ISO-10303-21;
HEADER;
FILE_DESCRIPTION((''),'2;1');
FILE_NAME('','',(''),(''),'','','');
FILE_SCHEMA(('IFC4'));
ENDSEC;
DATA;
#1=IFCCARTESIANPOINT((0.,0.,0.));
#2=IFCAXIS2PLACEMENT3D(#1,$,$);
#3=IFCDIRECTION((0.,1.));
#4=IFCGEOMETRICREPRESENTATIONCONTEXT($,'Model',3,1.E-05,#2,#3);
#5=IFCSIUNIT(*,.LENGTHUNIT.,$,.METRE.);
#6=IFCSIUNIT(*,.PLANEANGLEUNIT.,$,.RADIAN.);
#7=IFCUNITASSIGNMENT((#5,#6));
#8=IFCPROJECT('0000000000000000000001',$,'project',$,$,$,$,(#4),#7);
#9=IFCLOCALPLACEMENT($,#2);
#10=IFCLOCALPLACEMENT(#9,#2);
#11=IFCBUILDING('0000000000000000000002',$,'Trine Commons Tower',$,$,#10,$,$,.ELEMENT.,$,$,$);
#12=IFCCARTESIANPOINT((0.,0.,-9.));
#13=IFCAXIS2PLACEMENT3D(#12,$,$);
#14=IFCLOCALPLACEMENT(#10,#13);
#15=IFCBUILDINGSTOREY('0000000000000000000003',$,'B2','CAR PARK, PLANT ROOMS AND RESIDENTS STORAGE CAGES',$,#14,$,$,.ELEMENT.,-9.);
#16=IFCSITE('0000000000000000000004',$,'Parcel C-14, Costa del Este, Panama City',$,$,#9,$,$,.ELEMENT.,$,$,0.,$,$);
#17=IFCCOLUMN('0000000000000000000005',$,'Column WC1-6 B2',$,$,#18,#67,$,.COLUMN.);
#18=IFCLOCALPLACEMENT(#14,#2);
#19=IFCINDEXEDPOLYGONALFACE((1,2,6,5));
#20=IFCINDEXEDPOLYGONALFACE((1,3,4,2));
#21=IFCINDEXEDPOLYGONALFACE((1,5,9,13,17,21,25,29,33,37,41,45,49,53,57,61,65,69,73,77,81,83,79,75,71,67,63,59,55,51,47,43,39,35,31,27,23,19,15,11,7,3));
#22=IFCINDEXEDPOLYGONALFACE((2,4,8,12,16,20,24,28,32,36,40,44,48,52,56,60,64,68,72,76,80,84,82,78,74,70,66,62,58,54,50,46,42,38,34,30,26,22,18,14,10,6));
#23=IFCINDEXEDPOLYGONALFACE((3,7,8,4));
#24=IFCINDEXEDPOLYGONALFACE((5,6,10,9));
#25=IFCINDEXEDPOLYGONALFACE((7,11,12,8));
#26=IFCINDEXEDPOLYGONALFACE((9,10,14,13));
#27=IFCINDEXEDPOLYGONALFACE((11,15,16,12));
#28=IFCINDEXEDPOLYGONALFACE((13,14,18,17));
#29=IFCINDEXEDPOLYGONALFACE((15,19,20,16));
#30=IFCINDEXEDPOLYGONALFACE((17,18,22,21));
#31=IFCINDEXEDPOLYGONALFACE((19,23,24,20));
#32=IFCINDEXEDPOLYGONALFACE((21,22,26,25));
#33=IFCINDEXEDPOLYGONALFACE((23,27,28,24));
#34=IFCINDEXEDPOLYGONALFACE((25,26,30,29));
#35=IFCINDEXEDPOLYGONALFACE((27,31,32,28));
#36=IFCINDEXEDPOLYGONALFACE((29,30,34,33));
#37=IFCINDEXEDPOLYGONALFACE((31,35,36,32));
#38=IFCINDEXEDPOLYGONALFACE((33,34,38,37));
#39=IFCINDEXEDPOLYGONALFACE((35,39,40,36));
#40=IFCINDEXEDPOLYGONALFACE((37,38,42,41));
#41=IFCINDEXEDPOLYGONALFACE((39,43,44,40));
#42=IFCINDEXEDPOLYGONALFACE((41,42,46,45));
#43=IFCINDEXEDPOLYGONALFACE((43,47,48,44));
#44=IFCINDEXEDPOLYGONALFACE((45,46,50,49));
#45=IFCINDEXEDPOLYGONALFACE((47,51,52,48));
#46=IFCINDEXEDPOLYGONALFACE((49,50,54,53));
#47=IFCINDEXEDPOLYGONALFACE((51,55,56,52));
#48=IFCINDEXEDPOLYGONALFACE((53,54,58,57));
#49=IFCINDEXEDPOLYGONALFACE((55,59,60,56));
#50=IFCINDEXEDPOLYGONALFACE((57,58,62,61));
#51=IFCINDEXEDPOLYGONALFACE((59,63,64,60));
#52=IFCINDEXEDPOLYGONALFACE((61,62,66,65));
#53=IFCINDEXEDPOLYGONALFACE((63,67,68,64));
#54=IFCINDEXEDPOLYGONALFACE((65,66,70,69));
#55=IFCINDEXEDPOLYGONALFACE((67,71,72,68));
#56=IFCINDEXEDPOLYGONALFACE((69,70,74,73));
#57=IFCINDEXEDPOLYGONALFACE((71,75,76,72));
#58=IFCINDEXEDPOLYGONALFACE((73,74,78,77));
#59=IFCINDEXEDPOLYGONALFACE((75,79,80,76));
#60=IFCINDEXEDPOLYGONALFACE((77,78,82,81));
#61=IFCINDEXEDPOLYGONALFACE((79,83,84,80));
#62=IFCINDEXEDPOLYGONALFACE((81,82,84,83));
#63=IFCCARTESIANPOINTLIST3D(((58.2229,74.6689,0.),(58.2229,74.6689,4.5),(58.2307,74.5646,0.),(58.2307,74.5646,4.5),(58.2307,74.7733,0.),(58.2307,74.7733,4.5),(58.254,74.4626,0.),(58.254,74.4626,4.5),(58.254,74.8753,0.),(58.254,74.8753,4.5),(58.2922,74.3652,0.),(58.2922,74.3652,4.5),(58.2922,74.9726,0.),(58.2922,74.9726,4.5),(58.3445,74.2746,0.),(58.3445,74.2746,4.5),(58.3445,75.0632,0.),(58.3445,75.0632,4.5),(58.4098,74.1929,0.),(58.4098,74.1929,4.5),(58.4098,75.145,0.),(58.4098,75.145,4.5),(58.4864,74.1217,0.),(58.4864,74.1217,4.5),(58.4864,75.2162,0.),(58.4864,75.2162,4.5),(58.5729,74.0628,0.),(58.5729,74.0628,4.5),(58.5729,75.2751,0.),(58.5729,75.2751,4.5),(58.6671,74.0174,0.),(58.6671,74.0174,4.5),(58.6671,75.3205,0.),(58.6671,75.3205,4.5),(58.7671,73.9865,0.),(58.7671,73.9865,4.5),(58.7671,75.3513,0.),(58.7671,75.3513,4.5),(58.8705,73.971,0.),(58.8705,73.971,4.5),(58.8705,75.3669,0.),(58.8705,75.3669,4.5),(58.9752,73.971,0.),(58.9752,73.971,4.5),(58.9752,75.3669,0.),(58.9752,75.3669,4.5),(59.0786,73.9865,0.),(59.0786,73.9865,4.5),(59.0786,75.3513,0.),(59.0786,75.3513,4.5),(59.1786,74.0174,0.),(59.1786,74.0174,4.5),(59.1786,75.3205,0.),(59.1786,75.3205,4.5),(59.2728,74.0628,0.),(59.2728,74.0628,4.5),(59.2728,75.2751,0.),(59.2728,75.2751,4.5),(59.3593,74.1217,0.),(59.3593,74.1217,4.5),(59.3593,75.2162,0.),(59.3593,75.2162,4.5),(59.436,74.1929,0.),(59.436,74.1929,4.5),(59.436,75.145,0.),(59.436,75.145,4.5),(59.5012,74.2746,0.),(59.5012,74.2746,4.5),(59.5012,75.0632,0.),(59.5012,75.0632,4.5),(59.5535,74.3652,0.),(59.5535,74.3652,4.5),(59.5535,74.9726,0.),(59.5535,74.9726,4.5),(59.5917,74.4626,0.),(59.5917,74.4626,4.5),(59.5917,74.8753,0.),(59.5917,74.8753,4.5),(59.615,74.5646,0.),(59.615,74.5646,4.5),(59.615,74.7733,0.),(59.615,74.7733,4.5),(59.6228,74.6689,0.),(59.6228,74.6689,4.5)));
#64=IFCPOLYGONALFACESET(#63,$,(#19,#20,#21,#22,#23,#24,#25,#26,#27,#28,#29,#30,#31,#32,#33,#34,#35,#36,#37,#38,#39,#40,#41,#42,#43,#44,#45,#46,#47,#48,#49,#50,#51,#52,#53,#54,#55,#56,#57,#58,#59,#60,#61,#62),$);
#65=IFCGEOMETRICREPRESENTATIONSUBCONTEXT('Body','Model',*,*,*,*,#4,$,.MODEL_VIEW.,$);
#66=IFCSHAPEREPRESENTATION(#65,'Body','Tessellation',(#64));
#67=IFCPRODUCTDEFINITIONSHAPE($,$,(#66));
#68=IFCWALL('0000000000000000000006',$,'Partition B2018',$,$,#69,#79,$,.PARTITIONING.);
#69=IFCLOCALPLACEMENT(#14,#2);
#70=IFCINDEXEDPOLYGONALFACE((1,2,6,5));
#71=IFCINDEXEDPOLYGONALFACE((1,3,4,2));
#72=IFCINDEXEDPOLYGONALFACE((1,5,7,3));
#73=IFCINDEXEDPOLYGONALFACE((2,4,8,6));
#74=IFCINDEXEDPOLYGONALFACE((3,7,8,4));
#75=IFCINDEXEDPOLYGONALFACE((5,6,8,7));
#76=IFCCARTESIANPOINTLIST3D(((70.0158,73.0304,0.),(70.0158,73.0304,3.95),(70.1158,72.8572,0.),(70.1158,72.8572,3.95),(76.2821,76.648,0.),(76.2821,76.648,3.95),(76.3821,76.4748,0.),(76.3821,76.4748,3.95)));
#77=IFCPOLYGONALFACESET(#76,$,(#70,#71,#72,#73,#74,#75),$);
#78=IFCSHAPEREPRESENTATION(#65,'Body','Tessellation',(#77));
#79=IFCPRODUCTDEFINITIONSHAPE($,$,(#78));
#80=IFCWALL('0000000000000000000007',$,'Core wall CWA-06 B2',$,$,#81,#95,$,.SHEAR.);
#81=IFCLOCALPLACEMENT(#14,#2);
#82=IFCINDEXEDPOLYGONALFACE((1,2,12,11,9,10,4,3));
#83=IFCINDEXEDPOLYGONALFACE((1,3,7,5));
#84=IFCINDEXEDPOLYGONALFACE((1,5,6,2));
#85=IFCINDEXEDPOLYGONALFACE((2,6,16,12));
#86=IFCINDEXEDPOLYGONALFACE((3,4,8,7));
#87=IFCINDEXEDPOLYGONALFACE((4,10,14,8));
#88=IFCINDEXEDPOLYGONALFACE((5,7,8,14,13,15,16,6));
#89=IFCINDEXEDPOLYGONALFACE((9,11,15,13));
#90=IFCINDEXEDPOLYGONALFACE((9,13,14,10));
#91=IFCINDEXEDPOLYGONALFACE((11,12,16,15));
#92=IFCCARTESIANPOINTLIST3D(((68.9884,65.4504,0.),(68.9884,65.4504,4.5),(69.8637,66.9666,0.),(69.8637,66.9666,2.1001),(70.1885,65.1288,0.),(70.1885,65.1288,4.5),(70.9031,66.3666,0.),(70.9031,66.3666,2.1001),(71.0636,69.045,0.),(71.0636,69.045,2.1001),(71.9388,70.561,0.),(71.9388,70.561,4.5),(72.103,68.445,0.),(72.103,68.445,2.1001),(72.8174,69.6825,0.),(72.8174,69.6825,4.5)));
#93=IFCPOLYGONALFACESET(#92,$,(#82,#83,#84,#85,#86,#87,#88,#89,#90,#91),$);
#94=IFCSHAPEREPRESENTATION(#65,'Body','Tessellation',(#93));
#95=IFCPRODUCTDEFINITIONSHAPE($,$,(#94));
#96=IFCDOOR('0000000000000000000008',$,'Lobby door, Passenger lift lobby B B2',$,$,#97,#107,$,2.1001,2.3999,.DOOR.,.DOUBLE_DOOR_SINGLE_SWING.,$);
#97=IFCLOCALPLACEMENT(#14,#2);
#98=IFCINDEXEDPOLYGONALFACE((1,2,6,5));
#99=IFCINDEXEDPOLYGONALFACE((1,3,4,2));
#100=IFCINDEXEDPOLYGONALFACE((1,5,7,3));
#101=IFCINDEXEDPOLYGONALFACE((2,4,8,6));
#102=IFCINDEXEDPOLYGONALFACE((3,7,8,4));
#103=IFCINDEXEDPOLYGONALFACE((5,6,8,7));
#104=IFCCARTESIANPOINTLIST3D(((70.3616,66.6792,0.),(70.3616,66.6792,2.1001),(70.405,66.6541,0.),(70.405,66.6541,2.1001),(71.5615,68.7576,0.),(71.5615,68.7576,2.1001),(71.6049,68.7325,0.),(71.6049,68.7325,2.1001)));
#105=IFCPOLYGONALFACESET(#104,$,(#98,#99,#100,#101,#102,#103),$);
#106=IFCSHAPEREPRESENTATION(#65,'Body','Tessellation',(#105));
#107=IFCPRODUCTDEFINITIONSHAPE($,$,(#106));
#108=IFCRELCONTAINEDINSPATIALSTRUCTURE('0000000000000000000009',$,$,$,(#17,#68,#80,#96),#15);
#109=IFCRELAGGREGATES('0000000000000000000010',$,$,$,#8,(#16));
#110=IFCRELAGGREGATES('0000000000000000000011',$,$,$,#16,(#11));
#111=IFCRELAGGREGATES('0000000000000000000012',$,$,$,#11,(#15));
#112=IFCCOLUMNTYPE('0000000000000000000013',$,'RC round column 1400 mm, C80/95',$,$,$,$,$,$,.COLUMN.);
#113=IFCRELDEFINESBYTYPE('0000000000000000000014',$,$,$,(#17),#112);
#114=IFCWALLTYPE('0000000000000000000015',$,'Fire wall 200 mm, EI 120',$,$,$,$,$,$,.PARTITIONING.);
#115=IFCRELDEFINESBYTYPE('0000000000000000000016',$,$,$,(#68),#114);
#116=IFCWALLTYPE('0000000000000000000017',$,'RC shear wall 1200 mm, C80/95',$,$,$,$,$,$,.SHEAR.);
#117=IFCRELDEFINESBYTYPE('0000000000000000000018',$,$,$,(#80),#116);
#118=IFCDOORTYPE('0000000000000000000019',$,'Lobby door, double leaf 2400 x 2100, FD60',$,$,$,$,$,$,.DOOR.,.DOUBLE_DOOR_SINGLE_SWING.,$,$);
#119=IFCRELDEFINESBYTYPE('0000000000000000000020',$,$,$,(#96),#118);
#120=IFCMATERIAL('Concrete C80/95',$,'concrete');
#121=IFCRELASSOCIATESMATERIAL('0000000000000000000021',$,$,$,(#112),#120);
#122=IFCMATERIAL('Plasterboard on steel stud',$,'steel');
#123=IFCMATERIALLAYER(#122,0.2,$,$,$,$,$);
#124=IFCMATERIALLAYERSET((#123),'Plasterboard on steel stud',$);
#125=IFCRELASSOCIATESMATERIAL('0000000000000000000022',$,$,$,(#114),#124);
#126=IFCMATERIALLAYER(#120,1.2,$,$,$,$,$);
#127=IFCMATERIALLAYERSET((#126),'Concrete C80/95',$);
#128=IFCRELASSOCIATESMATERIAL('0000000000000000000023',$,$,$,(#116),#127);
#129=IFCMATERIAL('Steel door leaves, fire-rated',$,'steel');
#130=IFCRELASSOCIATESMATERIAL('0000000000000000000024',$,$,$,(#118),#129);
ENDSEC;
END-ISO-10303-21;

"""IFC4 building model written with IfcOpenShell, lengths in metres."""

from ifc_helpers import new_model, si_unit, direction, frame, frame_2d, origin, origin_2d, place, context, subcontext, project, spatial, polyline, rectangle, circle, outline, extrude, material, layer, layer_set, material_profile, profile_set, type_object, element, fill, save


model = new_model("IFC4")

# Units and contexts
model_context = context("Model", 3, precision=1e-05, world=origin(), true_north=direction((0.0, 1.0)))
body_context = subcontext(model_context, "Body", "Model", "MODEL_VIEW")
ifc_project = project(units=[si_unit("LENGTHUNIT", "METRE"), si_unit("PLANEANGLEUNIT", "RADIAN")], contexts=[model_context])

# Site, building, storey
site_placement = place(None, origin())
site = spatial("IfcSite", under=ifc_project, at=site_placement, Name="Parcel C-14, Costa del Este, Panama City", CompositionType="ELEMENT", RefElevation=0.0)
building_placement = place(site_placement, origin())
building = spatial("IfcBuilding", under=site, at=building_placement, Name="Trine Commons Tower", CompositionType="ELEMENT")
storey_placement = place(building_placement, frame((0.0, 0.0, -9.0)))
storey = spatial("IfcBuildingStorey", under=building, at=storey_placement, Name="B2", Description="CAR PARK, PLANT ROOMS AND RESIDENTS STORAGE CAGES", CompositionType="ELEMENT", Elevation=-9.0)

# Column
ifc_material_1 = material(Name="Concrete C80/95", Category="concrete")
ifc_material_profile_1 = material_profile(ifc_material_1, circle(Radius=0.7, at=origin_2d()), Name="RC round 1400")
ifc_profile_set_1 = profile_set([ifc_material_profile_1], Name="Concrete C80/95")
column_type_1 = type_object("IfcColumnType", Name="RC round column 1400 mm, C80/95", PredefinedType="COLUMN", material=ifc_profile_set_1)
for number, where, z_axis, x_axis, name in (
    (1, (58.9229, 74.6689, 0.0), (0.0, 0.0, 1.0), (1.0, 0.0, 0.0), "Column WC1-6 B2"),
):
    element("IfcColumn", number, at=place(storey_placement, frame(where, z_axis=z_axis, x_axis=x_axis)), inside=storey, type_object=column_type_1, Name=name, PredefinedType="COLUMN", context=body_context, shape_type="SweptSolid", body=[
        extrude(circle(Radius=0.7, at=origin_2d()), origin(), (0.0, 0.0, 1.0), 4.5),
    ])

# Wall
ifc_material_2 = material(Name="Plasterboard on steel stud", Category="steel")
ifc_layer_1 = layer(ifc_material_2, 0.2)
ifc_layer_set_1 = layer_set([ifc_layer_1], Name="Plasterboard on steel stud")
wall_type_1 = type_object("IfcWallType", Name="Fire wall 200 mm, EI 120", PredefinedType="PARTITIONING", material=ifc_layer_set_1)
wall_1_placement = place(storey_placement, frame((70.0659, 72.9438, 0.0), z_axis=(0.0, 0.0, 1.0), x_axis=(0.866038, 0.499979, 0.0)))
element("IfcWall", 2, at=wall_1_placement, inside=storey, type_object=wall_type_1, Name="Partition B2018", PredefinedType="PARTITIONING", context=body_context, shape_type="SweptSolid", body=[
    extrude(rectangle(XDim=7.2356, YDim=0.2, at=frame_2d((3.6177, 0.0))), origin(), (0.0, 0.0, 1.0), 3.95),
])

# Wall, opening, door
ifc_layer_2 = layer(ifc_material_1, 1.2)
ifc_layer_set_2 = layer_set([ifc_layer_2], Name="Concrete C80/95")
wall_type_2 = type_object("IfcWallType", Name="RC shear wall 1200 mm, C80/95", PredefinedType="SHEAR", material=ifc_layer_set_2)
wall_2_placement = place(storey_placement, frame((72.4585, 70.261, 0.0), z_axis=(0.0, 0.0, 1.0), x_axis=(-0.499979, -0.866037, 0.0)))
wall_2 = element("IfcWall", 3, at=wall_2_placement, inside=storey, type_object=wall_type_2, Name="Core wall CWA-06 B2", PredefinedType="SHEAR", context=body_context, shape_type="SweptSolid", body=[
    extrude(outline(polyline([(0.0, -0.6001), (5.9011, -0.6001), (5.5796, 0.6001), (0.3215, 0.6001), (0.0, -0.6001)])), origin(), (0.0, 0.0, 1.0), 4.5),
])
opening_placement = place(wall_2_placement, frame((1.7505, 0.0, 0.0)))
opening = element("IfcOpeningElement", 4, at=opening_placement, cuts=wall_2, PredefinedType="OPENING", context=body_context, shape_type="SweptSolid", body=[
    extrude(rectangle(XDim=2.3999, YDim=2.1001, at=frame_2d((1.2, 1.05))), frame((0.0, 0.6099, 0.0), z_axis=(0.0, -1.0, 0.0), x_axis=(1.0, 0.0, 0.0)), (0.0, 0.0, 1.0), 1.22),
])
ifc_material_3 = material(Name="Steel door leaves, fire-rated", Category="steel")
door_type = type_object("IfcDoorType", Name="Lobby door, double leaf 2400 x 2100, FD60", OperationType="DOUBLE_DOOR_SINGLE_SWING", PredefinedType="DOOR", material=ifc_material_3)
door_placement = place(opening_placement, origin())
door = element("IfcDoor", 5, at=door_placement, inside=storey, type_object=door_type, Name="Lobby door, Passenger lift lobby B B2", OperationType="DOUBLE_DOOR_SINGLE_SWING", OverallHeight=2.1001, OverallWidth=2.3999, PredefinedType="DOOR", context=body_context, shape_type="SweptSolid", body=[
    extrude(rectangle(XDim=2.3999, YDim=2.1001, at=frame_2d((1.2, 1.05))), frame((0.0, 0.0249, 0.0), z_axis=(0.0, -1.0, 0.0), x_axis=(1.0, 0.0, 0.0)), (0.0, 0.0, 1.0), 0.05),
])
fill(opening, door)

save(model, "model.ifc")
